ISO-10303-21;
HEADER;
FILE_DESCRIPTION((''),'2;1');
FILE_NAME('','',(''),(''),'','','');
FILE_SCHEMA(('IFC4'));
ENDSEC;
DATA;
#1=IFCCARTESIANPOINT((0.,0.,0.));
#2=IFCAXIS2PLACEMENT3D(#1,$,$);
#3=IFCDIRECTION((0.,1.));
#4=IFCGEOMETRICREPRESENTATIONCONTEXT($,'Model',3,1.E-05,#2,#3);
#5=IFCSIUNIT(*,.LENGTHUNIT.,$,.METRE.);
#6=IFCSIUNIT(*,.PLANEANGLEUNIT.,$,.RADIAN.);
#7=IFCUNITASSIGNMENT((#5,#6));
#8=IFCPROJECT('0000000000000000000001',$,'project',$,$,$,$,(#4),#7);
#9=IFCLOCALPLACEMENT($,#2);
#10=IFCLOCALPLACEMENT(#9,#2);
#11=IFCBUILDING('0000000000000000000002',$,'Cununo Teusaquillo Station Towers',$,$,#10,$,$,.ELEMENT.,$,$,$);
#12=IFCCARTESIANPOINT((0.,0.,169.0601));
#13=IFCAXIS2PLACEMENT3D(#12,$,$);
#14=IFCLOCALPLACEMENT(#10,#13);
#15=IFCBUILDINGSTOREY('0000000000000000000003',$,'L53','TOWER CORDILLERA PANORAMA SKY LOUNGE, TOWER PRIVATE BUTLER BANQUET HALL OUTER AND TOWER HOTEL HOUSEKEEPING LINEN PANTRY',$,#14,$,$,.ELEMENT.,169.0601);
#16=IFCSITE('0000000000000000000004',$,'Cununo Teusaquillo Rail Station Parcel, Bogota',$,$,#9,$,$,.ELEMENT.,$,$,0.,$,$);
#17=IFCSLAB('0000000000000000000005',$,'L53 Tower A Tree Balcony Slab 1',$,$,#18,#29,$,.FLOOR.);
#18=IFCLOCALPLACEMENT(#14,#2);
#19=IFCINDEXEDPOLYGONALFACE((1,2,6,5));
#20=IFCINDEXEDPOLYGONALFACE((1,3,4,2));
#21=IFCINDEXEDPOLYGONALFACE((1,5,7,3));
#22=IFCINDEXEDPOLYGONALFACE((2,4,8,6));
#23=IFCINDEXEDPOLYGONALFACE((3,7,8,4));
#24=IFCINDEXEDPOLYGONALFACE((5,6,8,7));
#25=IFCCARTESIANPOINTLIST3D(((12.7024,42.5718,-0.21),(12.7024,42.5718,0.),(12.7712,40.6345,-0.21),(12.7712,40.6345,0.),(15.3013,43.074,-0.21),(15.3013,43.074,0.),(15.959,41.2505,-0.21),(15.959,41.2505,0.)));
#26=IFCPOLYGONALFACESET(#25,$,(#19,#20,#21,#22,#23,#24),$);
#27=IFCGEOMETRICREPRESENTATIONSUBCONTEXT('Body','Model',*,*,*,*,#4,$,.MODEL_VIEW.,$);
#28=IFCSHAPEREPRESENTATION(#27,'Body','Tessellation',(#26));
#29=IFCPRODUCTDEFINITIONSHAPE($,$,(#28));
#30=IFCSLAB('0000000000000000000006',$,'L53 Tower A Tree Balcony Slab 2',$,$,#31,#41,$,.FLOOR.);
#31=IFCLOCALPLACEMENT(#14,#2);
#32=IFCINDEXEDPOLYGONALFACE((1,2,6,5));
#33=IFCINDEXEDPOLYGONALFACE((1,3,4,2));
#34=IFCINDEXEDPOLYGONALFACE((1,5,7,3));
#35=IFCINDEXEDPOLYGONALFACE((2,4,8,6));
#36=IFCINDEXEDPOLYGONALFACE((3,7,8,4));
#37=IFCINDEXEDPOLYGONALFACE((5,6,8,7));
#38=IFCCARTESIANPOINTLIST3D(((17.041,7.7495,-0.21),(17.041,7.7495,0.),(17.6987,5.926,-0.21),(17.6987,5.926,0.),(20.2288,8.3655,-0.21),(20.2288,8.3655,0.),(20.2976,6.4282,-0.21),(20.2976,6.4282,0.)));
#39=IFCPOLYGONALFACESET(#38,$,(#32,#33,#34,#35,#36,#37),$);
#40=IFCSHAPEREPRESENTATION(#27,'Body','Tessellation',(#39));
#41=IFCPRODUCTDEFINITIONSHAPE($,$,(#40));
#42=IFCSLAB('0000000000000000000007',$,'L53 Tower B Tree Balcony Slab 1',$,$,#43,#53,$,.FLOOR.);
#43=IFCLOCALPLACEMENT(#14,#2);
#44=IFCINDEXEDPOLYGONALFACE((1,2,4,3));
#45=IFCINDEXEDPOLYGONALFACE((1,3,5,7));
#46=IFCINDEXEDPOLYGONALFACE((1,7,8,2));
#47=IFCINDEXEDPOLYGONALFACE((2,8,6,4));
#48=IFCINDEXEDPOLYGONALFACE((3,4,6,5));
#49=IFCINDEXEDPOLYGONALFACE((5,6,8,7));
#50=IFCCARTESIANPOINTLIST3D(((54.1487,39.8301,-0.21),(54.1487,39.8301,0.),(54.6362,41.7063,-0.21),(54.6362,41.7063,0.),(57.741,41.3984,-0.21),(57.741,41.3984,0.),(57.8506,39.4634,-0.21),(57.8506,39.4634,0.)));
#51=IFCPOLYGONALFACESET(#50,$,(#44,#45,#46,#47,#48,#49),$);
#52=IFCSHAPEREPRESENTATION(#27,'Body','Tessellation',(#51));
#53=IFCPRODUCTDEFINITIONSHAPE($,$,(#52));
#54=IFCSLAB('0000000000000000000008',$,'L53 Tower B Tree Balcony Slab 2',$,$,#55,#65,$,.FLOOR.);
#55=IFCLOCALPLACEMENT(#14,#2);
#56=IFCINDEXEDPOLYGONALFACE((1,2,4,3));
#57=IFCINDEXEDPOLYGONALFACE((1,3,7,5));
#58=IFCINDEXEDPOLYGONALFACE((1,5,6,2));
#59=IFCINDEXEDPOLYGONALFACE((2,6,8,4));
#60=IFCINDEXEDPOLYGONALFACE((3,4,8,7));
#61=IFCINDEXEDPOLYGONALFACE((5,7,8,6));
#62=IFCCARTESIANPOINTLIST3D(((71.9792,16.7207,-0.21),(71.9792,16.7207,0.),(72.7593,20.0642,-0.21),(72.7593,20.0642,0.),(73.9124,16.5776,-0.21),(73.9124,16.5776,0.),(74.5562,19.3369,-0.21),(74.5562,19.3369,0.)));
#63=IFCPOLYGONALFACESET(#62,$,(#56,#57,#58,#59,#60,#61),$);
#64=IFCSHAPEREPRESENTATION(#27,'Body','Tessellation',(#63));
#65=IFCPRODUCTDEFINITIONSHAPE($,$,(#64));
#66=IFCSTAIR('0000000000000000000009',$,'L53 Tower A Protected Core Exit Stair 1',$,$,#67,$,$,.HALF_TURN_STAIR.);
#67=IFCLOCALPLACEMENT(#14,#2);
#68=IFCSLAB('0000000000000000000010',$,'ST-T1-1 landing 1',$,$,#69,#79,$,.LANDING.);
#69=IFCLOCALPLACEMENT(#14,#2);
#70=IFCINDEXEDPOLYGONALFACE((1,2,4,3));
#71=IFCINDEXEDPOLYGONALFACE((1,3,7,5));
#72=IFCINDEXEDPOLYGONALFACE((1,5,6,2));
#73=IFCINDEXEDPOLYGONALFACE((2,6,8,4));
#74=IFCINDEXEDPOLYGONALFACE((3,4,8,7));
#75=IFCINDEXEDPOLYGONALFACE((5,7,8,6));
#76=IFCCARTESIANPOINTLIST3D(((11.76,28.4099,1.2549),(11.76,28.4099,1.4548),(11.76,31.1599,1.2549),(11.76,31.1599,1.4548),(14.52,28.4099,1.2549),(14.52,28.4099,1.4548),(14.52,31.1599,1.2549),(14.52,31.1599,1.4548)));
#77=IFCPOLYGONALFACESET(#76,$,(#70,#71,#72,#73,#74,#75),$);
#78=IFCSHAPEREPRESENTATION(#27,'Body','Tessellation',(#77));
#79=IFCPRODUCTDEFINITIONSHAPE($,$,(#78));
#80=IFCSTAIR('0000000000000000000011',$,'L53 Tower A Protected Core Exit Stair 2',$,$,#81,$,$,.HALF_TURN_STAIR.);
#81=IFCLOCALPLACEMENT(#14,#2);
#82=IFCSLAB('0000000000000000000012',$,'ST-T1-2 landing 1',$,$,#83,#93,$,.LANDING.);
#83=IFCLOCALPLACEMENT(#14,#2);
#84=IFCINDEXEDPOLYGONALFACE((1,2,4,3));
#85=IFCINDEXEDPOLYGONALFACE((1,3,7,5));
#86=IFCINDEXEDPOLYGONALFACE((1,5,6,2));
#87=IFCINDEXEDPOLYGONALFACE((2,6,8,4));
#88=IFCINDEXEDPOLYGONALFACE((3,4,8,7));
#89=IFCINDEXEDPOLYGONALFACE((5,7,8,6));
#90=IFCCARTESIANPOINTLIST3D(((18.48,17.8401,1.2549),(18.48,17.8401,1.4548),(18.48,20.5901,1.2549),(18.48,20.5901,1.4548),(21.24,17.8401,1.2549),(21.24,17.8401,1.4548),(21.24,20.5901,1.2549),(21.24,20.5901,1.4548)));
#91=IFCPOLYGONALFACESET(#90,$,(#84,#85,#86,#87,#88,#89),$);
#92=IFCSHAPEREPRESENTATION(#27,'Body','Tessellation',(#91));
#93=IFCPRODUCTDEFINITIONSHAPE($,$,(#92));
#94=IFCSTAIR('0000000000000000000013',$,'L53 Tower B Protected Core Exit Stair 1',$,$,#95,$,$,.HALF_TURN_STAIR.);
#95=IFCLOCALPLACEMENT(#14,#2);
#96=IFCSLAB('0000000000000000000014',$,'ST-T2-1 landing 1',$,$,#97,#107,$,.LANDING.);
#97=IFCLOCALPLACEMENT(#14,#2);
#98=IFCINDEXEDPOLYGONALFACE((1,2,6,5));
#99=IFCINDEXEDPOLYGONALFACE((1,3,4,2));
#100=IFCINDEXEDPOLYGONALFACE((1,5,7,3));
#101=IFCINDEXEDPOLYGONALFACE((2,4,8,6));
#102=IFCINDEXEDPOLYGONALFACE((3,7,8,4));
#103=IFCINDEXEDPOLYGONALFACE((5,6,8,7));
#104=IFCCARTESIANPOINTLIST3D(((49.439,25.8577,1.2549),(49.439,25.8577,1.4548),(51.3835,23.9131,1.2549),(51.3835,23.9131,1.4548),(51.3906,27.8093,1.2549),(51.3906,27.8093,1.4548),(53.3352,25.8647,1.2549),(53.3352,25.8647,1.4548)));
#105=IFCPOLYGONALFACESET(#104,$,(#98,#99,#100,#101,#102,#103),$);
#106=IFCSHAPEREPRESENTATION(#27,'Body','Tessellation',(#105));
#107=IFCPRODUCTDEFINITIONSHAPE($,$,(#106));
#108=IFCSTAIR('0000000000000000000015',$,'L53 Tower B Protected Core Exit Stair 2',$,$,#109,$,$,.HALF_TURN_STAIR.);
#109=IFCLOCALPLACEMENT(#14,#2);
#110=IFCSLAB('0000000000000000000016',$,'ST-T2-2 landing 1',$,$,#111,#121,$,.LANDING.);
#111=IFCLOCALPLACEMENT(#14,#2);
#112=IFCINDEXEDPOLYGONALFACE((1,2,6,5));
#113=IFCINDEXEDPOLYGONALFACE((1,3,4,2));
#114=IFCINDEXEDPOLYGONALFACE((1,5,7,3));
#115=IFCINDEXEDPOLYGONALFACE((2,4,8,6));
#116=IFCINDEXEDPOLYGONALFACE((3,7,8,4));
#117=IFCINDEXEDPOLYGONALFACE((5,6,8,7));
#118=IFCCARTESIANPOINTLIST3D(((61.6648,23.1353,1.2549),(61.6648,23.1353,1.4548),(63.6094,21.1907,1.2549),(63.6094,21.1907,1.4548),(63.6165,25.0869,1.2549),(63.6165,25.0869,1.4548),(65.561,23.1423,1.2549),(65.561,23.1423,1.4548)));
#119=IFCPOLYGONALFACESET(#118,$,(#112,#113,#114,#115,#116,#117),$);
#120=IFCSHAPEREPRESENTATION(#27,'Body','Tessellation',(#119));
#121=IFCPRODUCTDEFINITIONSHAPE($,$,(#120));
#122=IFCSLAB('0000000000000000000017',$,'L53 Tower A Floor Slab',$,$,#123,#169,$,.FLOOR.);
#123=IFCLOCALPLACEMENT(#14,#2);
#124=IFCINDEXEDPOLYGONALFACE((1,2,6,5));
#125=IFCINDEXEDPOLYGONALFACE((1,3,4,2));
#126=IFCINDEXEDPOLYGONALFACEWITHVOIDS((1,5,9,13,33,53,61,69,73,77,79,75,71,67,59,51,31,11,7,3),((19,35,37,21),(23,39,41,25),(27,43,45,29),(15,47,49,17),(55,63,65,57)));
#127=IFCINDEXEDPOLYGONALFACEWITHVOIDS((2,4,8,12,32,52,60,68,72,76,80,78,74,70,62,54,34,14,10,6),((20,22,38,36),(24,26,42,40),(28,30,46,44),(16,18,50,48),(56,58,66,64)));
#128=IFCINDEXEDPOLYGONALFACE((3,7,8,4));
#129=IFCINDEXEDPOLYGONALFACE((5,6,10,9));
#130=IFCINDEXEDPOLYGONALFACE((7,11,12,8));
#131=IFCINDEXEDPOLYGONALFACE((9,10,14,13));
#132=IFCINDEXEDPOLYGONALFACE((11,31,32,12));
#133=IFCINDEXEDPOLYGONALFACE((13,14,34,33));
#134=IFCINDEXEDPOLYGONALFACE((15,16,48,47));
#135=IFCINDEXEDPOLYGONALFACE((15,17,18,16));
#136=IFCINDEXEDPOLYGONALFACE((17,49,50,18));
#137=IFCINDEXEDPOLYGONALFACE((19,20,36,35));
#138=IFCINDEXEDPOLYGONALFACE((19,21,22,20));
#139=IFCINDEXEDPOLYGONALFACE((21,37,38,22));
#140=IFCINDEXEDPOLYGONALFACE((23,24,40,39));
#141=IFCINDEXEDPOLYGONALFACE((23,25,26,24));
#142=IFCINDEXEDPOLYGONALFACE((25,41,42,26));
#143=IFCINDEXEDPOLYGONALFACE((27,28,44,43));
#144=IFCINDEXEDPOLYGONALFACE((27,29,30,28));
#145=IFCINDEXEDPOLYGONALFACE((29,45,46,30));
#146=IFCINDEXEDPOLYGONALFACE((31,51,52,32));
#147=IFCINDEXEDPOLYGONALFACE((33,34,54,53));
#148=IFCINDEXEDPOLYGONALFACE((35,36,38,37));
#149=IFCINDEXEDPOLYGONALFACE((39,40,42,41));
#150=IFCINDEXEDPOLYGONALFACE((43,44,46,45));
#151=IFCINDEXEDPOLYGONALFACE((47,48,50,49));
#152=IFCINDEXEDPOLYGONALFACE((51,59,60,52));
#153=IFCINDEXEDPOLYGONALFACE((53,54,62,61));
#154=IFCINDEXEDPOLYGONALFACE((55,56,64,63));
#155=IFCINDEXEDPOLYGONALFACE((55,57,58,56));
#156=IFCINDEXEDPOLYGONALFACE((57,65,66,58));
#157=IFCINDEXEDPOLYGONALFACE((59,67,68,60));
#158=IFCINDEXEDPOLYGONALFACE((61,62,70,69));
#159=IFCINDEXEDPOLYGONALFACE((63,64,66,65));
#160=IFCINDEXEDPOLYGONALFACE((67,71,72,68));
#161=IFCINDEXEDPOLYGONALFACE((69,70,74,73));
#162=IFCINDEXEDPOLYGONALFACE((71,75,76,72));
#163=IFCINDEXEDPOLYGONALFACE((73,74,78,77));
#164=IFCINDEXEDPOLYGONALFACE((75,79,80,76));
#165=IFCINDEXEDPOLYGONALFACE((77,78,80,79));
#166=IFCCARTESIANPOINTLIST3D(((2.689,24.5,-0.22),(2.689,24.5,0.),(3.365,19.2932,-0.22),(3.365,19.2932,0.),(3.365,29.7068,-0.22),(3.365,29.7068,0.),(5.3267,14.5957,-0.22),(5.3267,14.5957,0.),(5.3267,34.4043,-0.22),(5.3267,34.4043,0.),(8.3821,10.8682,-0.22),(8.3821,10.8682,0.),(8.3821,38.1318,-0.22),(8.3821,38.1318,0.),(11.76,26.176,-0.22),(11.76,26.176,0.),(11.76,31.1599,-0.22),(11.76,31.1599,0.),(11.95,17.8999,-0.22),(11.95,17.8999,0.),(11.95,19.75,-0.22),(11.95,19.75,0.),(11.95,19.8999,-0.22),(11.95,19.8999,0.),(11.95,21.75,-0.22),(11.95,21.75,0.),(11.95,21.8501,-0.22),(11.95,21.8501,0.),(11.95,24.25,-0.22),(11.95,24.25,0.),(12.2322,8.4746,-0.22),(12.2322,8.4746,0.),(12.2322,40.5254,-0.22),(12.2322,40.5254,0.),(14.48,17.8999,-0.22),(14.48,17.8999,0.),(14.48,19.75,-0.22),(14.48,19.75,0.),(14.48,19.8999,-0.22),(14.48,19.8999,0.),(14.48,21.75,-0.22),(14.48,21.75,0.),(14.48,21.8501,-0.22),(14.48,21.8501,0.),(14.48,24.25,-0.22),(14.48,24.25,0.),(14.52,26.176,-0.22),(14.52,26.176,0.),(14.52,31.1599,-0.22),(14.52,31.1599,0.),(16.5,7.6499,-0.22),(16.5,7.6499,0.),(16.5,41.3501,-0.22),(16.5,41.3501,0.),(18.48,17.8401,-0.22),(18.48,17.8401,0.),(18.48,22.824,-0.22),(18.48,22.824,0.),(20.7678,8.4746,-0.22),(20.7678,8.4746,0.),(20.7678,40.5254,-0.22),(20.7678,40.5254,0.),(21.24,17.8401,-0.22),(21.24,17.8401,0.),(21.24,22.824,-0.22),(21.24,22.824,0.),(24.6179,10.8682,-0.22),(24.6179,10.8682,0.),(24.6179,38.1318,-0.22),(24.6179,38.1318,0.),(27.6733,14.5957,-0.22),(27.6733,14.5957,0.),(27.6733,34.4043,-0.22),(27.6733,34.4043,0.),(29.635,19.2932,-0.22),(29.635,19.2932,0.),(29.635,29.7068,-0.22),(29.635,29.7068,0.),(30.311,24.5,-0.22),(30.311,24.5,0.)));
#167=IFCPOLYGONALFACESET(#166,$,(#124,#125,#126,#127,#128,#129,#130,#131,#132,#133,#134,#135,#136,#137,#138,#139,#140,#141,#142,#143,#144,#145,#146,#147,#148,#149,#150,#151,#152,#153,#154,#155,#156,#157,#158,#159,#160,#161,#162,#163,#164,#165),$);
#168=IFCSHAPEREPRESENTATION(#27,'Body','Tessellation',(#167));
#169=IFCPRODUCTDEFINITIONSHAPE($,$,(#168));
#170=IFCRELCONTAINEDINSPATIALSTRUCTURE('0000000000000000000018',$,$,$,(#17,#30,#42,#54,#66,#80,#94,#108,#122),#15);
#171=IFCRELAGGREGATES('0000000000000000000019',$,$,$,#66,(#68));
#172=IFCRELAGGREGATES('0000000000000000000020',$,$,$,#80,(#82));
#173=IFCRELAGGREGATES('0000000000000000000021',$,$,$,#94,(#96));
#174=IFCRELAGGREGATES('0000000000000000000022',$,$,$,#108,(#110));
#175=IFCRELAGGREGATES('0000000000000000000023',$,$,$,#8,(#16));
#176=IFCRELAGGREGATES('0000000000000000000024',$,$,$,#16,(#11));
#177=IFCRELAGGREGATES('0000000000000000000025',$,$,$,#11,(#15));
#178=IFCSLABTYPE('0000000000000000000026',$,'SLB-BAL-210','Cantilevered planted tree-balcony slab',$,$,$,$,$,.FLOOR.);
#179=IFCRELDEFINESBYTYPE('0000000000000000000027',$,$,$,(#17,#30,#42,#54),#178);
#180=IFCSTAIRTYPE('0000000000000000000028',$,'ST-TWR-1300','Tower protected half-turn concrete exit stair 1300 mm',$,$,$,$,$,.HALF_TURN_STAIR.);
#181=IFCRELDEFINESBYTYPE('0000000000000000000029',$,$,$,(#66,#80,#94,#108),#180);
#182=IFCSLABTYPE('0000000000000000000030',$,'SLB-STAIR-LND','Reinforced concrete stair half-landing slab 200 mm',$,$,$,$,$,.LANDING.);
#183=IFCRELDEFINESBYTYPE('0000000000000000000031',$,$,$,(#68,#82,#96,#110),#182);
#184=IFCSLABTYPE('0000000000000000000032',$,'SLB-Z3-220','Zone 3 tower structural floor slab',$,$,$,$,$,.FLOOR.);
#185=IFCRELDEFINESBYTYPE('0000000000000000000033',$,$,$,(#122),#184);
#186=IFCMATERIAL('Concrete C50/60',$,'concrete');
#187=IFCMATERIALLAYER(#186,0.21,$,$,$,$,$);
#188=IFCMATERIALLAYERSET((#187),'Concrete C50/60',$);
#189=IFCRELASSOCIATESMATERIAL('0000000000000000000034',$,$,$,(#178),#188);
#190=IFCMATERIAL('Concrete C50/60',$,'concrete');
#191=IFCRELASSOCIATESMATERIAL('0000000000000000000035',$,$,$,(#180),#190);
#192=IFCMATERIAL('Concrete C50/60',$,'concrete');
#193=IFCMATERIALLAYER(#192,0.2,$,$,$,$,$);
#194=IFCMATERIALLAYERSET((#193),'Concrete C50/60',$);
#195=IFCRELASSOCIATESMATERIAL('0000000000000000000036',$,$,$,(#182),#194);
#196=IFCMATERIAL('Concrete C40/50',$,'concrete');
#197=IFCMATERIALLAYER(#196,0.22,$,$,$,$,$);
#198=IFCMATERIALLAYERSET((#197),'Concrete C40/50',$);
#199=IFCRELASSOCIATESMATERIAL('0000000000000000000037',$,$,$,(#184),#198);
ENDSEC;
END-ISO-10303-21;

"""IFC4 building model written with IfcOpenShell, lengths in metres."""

from ifc_helpers import new_model, si_unit, direction, frame, origin, place, context, subcontext, project, spatial, polyline, outline, extrude, material, layer, layer_set, type_object, element, aggregate, save


model = new_model("IFC4")

# Units and contexts
model_context = context("Model", 3, precision=1e-05, world=origin(), true_north=direction((0.0, 1.0)))
body_context = subcontext(model_context, "Body", "Model", "MODEL_VIEW")
ifc_project = project(units=[si_unit("LENGTHUNIT", "METRE"), si_unit("PLANEANGLEUNIT", "RADIAN")], contexts=[model_context])

# Site, building, storey
site_placement = place(None, origin())
site = spatial("IfcSite", under=ifc_project, at=site_placement, Name="Cununo Teusaquillo Rail Station Parcel, Bogota", CompositionType="ELEMENT", RefElevation=0.0)
building_placement = place(site_placement, origin())
building = spatial("IfcBuilding", under=site, at=building_placement, Name="Cununo Teusaquillo Station Towers", CompositionType="ELEMENT")
storey_placement = place(building_placement, frame((0.0, 0.0, 169.0601)))
storey = spatial("IfcBuildingStorey", under=building, at=storey_placement, Name="L53", Description="TOWER CORDILLERA PANORAMA SKY LOUNGE, TOWER PRIVATE BUTLER BANQUET HALL OUTER AND TOWER HOTEL HOUSEKEEPING LINEN PANTRY", CompositionType="ELEMENT", Elevation=169.0601)

# Slabs
ifc_material_1 = material(Name="Concrete C50/60", Category="concrete")
ifc_layer_1 = layer(ifc_material_1, 0.21)
ifc_layer_set_1 = layer_set([ifc_layer_1], Name="Concrete C50/60")
slab_type_1 = type_object("IfcSlabType", Name="SLB-BAL-210", Description="Cantilevered planted tree-balcony slab", PredefinedType="FLOOR", material=ifc_layer_set_1)
slab_1_placement = place(storey_placement, frame((0.0, 0.0, -0.21)))
element("IfcSlab", 1, at=slab_1_placement, inside=storey, type_object=slab_type_1, Name="L53 Tower A Tree Balcony Slab 1", PredefinedType="FLOOR", context=body_context, shape_type="SweptSolid", body=[
    extrude(outline(polyline([(15.959, 41.2505), (12.7712, 40.6345), (12.7024, 42.5718), (15.3013, 43.074), (15.959, 41.2505)])), origin(), (0.0, 0.0, 1.0), 0.21),
])
slab_2_placement = place(storey_placement, frame((0.0, 0.0, -0.21)))
element("IfcSlab", 2, at=slab_2_placement, inside=storey, type_object=slab_type_1, Name="L53 Tower A Tree Balcony Slab 2", PredefinedType="FLOOR", context=body_context, shape_type="SweptSolid", body=[
    extrude(outline(polyline([(17.041, 7.7495), (20.2288, 8.3655), (20.2976, 6.4282), (17.6987, 5.926), (17.041, 7.7495)])), origin(), (0.0, 0.0, 1.0), 0.21),
])
slab_3_placement = place(storey_placement, frame((0.0, 0.0, -0.21)))
element("IfcSlab", 3, at=slab_3_placement, inside=storey, type_object=slab_type_1, Name="L53 Tower B Tree Balcony Slab 1", PredefinedType="FLOOR", context=body_context, shape_type="SweptSolid", body=[
    extrude(outline(polyline([(57.8506, 39.4634), (54.1487, 39.8301), (54.6362, 41.7063), (57.741, 41.3984), (57.8506, 39.4634)])), origin(), (0.0, 0.0, 1.0), 0.21),
])
slab_4_placement = place(storey_placement, frame((0.0, 0.0, -0.21)))
element("IfcSlab", 4, at=slab_4_placement, inside=storey, type_object=slab_type_1, Name="L53 Tower B Tree Balcony Slab 2", PredefinedType="FLOOR", context=body_context, shape_type="SweptSolid", body=[
    extrude(outline(polyline([(71.9792, 16.7207), (72.7593, 20.0642), (74.5562, 19.3369), (73.9124, 16.5776), (71.9792, 16.7207)])), origin(), (0.0, 0.0, 1.0), 0.21),
])

# Stairs, slabs
ifc_material_2 = material(Name="Concrete C50/60", Category="concrete")
stair_type = type_object("IfcStairType", Name="ST-TWR-1300", Description="Tower protected half-turn concrete exit stair 1300 mm", PredefinedType="HALF_TURN_STAIR", material=ifc_material_2)
stair_1_placement = place(storey_placement, origin())
stair_1 = element("IfcStair", 5, at=stair_1_placement, inside=storey, type_object=stair_type, Name="L53 Tower A Protected Core Exit Stair 1", PredefinedType="HALF_TURN_STAIR")
ifc_material_3 = material(Name="Concrete C50/60", Category="concrete")
ifc_layer_2 = layer(ifc_material_3, 0.2)
ifc_layer_set_2 = layer_set([ifc_layer_2], Name="Concrete C50/60")
slab_type_2 = type_object("IfcSlabType", Name="SLB-STAIR-LND", Description="Reinforced concrete stair half-landing slab 200 mm", PredefinedType="LANDING", material=ifc_layer_set_2)
slab_5_placement = place(storey_placement, frame((0.0, 0.0, 1.2549)))
slab_5 = element("IfcSlab", 6, at=slab_5_placement, type_object=slab_type_2, Name="ST-T1-1 landing 1", PredefinedType="LANDING", context=body_context, shape_type="SweptSolid", body=[
    extrude(outline(polyline([(14.52, 28.4099), (14.52, 31.1599), (11.76, 31.1599), (11.76, 28.4099), (14.52, 28.4099)])), origin(), (0.0, 0.0, 1.0), 0.2),
])
aggregate(stair_1, [slab_5])
stair_2_placement = place(storey_placement, origin())
stair_2 = element("IfcStair", 7, at=stair_2_placement, inside=storey, type_object=stair_type, Name="L53 Tower A Protected Core Exit Stair 2", PredefinedType="HALF_TURN_STAIR")
slab_6_placement = place(storey_placement, frame((0.0, 0.0, 1.2549)))
slab_6 = element("IfcSlab", 8, at=slab_6_placement, type_object=slab_type_2, Name="ST-T1-2 landing 1", PredefinedType="LANDING", context=body_context, shape_type="SweptSolid", body=[
    extrude(outline(polyline([(18.48, 20.5901), (18.48, 17.8401), (21.24, 17.8401), (21.24, 20.5901), (18.48, 20.5901)])), origin(), (0.0, 0.0, 1.0), 0.2),
])
aggregate(stair_2, [slab_6])
stair_3_placement = place(storey_placement, origin())
stair_3 = element("IfcStair", 9, at=stair_3_placement, inside=storey, type_object=stair_type, Name="L53 Tower B Protected Core Exit Stair 1", PredefinedType="HALF_TURN_STAIR")
slab_7_placement = place(storey_placement, frame((0.0, 0.0, 1.2549)))
slab_7 = element("IfcSlab", 10, at=slab_7_placement, type_object=slab_type_2, Name="ST-T2-1 landing 1", PredefinedType="LANDING", context=body_context, shape_type="SweptSolid", body=[
    extrude(outline(polyline([(53.3352, 25.8647), (51.3906, 27.8093), (49.439, 25.8577), (51.3835, 23.9131), (53.3352, 25.8647)])), origin(), (0.0, 0.0, 1.0), 0.2),
])
aggregate(stair_3, [slab_7])
stair_4_placement = place(storey_placement, origin())
stair_4 = element("IfcStair", 11, at=stair_4_placement, inside=storey, type_object=stair_type, Name="L53 Tower B Protected Core Exit Stair 2", PredefinedType="HALF_TURN_STAIR")
slab_8_placement = place(storey_placement, frame((0.0, 0.0, 1.2549)))
slab_8 = element("IfcSlab", 12, at=slab_8_placement, type_object=slab_type_2, Name="ST-T2-2 landing 1", PredefinedType="LANDING", context=body_context, shape_type="SweptSolid", body=[
    extrude(outline(polyline([(61.6648, 23.1353), (63.6094, 21.1907), (65.561, 23.1423), (63.6165, 25.0869), (61.6648, 23.1353)])), origin(), (0.0, 0.0, 1.0), 0.2),
])
aggregate(stair_4, [slab_8])

# Slab
ifc_material_4 = material(Name="Concrete C40/50", Category="concrete")
ifc_layer_3 = layer(ifc_material_4, 0.22)
ifc_layer_set_3 = layer_set([ifc_layer_3], Name="Concrete C40/50")
slab_type_3 = type_object("IfcSlabType", Name="SLB-Z3-220", Description="Zone 3 tower structural floor slab", PredefinedType="FLOOR", material=ifc_layer_set_3)
slab_9_placement = place(storey_placement, frame((0.0, 0.0, -0.22)))
element("IfcSlab", 13, at=slab_9_placement, inside=storey, type_object=slab_type_3, Name="L53 Tower A Floor Slab", PredefinedType="FLOOR", context=body_context, shape_type="SweptSolid", body=[
    extrude(outline(polyline([(30.311, 24.5), (29.635, 29.7068), (27.6733, 34.4043), (24.6179, 38.1318), (20.7678, 40.5254), (16.5, 41.3501), (12.2322, 40.5254), (8.3821, 38.1318), (5.3267, 34.4043), (3.365, 29.7068), (2.689, 24.5), (3.365, 19.2932), (5.3267, 14.5957), (8.3821, 10.8682), (12.2322, 8.4746), (16.5, 7.6499), (20.7678, 8.4746), (24.6179, 10.8682), (27.6733, 14.5957), (29.635, 19.2932), (30.311, 24.5)]), holes=[polyline([(14.52, 26.176), (14.52, 31.1599), (11.76, 31.1599), (11.76, 26.176), (14.52, 26.176)]), polyline([(18.48, 22.824), (18.48, 17.8401), (21.24, 17.8401), (21.24, 22.824), (18.48, 22.824)]), polyline([(11.95, 21.8501), (14.48, 21.8501), (14.48, 24.25), (11.95, 24.25), (11.95, 21.8501)]), polyline([(11.95, 17.8999), (14.48, 17.8999), (14.48, 19.75), (11.95, 19.75), (11.95, 17.8999)]), polyline([(11.95, 19.8999), (14.48, 19.8999), (14.48, 21.75), (11.95, 21.75), (11.95, 19.8999)])]), origin(), (0.0, 0.0, 1.0), 0.22),
])

save(model, "model.ifc")
